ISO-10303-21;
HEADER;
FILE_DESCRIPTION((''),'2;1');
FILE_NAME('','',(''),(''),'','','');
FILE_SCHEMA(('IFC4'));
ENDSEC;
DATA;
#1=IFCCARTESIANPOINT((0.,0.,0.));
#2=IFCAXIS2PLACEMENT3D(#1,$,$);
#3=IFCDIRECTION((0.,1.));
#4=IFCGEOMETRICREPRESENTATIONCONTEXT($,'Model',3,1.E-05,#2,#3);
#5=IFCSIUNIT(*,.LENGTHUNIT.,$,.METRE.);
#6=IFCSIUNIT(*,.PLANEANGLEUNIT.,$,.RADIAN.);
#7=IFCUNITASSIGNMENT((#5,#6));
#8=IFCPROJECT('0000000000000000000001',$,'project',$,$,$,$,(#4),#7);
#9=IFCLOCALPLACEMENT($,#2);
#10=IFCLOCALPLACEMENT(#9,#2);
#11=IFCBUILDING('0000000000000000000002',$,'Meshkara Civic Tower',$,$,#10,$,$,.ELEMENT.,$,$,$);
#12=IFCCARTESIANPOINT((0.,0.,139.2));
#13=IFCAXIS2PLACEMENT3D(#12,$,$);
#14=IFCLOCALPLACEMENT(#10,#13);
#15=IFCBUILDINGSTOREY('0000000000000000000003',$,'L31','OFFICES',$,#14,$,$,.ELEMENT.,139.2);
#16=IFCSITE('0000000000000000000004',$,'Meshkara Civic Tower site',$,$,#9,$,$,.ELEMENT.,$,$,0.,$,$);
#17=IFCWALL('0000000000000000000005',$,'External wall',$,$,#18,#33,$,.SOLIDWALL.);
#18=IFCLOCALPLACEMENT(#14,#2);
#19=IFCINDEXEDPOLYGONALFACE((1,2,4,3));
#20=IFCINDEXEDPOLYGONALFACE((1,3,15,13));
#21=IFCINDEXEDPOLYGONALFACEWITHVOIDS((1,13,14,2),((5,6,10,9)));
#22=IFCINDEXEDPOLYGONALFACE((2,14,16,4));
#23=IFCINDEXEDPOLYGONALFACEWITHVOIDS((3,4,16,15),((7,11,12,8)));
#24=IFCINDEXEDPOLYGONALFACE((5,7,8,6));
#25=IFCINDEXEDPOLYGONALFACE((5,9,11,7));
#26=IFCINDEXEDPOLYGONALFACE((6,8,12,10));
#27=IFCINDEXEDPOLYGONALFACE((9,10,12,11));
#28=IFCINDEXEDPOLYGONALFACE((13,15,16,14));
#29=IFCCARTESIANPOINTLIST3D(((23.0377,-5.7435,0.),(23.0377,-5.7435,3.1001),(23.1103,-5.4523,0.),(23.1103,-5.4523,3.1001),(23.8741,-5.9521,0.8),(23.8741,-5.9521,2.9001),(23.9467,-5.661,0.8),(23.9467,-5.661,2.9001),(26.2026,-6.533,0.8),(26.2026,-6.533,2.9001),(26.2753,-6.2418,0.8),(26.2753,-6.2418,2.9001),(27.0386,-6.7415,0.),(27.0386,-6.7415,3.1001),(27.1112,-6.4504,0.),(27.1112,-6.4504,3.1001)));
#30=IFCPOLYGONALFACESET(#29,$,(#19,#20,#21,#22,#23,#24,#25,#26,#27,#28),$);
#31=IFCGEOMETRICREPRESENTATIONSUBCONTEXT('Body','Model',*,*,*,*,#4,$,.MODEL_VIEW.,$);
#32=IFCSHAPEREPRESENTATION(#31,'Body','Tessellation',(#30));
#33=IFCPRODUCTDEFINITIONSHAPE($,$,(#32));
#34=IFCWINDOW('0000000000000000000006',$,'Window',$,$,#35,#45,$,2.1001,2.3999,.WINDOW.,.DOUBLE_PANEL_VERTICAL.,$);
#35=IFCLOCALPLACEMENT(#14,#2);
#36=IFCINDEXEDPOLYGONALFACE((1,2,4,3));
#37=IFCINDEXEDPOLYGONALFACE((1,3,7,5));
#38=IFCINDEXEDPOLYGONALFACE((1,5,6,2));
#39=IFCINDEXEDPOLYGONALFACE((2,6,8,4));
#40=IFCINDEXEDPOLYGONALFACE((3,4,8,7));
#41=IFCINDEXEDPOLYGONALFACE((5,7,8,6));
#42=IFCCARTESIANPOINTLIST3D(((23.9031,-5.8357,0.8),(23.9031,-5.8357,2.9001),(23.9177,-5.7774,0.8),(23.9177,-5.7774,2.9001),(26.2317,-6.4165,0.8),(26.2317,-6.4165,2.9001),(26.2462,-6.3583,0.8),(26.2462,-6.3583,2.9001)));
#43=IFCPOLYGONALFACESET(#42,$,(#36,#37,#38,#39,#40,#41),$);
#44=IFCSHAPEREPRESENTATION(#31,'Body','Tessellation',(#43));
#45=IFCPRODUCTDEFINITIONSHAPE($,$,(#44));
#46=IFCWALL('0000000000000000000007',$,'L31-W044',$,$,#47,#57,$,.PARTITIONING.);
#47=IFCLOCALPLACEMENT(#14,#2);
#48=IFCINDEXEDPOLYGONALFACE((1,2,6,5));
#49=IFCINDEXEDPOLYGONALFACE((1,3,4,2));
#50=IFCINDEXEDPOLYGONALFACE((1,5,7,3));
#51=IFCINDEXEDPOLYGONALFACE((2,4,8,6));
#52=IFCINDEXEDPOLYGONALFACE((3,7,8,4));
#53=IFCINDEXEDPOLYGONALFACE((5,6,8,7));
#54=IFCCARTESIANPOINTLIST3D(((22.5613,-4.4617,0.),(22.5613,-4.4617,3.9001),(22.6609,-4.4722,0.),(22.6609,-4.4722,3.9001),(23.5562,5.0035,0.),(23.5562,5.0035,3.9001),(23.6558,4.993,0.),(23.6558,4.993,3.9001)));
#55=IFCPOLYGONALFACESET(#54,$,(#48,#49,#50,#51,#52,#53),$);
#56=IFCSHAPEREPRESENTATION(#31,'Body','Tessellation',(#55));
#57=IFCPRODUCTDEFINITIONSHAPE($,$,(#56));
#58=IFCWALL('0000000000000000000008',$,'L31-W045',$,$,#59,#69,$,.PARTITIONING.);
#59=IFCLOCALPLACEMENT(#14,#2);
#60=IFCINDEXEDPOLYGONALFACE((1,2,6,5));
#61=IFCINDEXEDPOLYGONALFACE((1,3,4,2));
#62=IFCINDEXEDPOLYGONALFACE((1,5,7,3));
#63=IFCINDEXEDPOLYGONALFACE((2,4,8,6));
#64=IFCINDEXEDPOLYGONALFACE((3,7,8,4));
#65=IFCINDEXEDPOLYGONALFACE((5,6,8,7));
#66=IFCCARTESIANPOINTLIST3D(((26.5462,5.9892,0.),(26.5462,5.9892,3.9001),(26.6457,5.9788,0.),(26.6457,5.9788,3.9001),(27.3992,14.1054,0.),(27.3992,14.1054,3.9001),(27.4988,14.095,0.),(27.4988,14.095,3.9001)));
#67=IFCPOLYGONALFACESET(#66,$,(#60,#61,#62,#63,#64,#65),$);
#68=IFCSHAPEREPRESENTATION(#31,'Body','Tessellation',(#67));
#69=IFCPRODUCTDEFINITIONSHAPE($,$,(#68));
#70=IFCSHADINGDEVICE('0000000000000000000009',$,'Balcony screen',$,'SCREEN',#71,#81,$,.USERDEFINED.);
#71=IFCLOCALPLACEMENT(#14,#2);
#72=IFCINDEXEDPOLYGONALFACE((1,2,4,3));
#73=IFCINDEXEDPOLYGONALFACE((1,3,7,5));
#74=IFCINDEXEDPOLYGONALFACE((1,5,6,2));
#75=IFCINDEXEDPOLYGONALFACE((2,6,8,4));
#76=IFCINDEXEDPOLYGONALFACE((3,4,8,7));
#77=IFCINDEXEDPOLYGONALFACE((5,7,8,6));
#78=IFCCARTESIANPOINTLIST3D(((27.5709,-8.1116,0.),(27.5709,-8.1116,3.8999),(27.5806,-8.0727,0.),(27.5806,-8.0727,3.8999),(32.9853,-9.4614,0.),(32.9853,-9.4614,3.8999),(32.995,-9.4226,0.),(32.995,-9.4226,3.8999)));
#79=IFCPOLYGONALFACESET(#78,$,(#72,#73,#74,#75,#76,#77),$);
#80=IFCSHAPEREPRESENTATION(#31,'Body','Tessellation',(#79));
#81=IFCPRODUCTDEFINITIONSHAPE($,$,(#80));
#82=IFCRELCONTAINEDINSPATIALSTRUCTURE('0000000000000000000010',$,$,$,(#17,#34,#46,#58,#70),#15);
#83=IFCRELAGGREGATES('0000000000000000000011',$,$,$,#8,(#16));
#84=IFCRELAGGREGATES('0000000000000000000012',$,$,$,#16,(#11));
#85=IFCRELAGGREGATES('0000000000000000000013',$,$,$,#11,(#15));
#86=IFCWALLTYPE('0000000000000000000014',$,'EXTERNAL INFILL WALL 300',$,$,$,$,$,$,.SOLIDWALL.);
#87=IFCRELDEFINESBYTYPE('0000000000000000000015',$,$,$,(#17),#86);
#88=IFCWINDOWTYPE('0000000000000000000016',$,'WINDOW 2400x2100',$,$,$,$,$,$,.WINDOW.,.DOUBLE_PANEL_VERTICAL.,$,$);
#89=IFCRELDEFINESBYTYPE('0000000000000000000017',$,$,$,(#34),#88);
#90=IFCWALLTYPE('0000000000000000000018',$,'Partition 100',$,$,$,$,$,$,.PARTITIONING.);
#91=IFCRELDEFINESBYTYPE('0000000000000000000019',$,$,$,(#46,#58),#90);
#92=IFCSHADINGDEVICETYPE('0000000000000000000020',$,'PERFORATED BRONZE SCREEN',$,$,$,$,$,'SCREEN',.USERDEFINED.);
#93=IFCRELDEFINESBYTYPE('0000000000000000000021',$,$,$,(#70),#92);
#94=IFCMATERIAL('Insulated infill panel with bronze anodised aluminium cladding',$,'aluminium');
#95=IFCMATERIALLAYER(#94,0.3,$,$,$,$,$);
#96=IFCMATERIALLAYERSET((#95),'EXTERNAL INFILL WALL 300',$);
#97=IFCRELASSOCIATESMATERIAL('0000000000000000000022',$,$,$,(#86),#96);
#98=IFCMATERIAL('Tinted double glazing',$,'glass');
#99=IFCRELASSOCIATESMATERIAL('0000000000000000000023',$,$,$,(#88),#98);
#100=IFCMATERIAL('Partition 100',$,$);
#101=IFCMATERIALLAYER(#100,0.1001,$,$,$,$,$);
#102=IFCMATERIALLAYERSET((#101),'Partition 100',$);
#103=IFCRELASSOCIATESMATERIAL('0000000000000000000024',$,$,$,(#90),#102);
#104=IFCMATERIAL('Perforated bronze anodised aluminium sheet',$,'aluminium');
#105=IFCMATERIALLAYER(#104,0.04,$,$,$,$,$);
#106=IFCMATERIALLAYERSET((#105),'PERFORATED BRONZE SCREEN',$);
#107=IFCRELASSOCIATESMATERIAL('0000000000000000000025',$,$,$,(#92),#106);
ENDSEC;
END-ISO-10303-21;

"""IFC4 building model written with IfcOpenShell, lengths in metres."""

from ifc_helpers import new_model, si_unit, direction, frame, frame_2d, origin, origin_2d, place, context, subcontext, project, spatial, rectangle, extrude, material, layer, layer_set, type_object, element, fill, save


model = new_model("IFC4")

# Units and contexts
model_context = context("Model", 3, precision=1e-05, world=origin(), true_north=direction((0.0, 1.0)))
body_context = subcontext(model_context, "Body", "Model", "MODEL_VIEW")
ifc_project = project(units=[si_unit("LENGTHUNIT", "METRE"), si_unit("PLANEANGLEUNIT", "RADIAN")], contexts=[model_context])

# Site, building, storey
site_placement = place(None, origin())
site = spatial("IfcSite", under=ifc_project, at=site_placement, Name="Meshkara Civic Tower site", CompositionType="ELEMENT", RefElevation=0.0)
building_placement = place(site_placement, origin())
building = spatial("IfcBuilding", under=site, at=building_placement, Name="Meshkara Civic Tower", CompositionType="ELEMENT")
storey_placement = place(building_placement, frame((0.0, 0.0, 139.2)))
storey = spatial("IfcBuildingStorey", under=building, at=storey_placement, Name="L31", Description="OFFICES", CompositionType="ELEMENT", Elevation=139.2)

# Wall, opening, window
ifc_material_1 = material(Name="Insulated infill panel with bronze anodised aluminium cladding", Category="aluminium")
ifc_layer_1 = layer(ifc_material_1, 0.3)
ifc_layer_set_1 = layer_set([ifc_layer_1], Name="EXTERNAL INFILL WALL 300")
wall_type_1 = type_object("IfcWallType", Name="EXTERNAL INFILL WALL 300", PredefinedType="SOLIDWALL", material=ifc_layer_set_1)
wall_1_placement = place(storey_placement, frame((23.074, -5.5979, 0.0), z_axis=(0.0, 0.0, 1.0), x_axis=(0.970268, -0.242034, 0.0)))
wall_1 = element("IfcWall", 1, at=wall_1_placement, inside=storey, type_object=wall_type_1, Name="External wall", PredefinedType="SOLIDWALL", context=body_context, shape_type="SweptSolid", body=[
    extrude(rectangle(XDim=4.1235, YDim=0.3, at=frame_2d((2.0618, 0.0))), origin(), (0.0, 0.0, 1.0), 3.1001),
])
opening_1_placement = place(wall_1_placement, frame((0.8621, 0.0, 0.8)))
opening_1 = element("IfcOpeningElement", 2, at=opening_1_placement, cuts=wall_1, PredefinedType="OPENING", context=body_context, shape_type="SweptSolid", body=[
    extrude(rectangle(XDim=2.3999, YDim=2.1001, at=frame_2d((1.2, 1.05))), frame((0.0, 0.1599, 0.0), z_axis=(0.0, -1.0, 0.0), x_axis=(1.0, 0.0, 0.0)), (0.0, 0.0, 1.0), 0.3201),
])
ifc_material_2 = material(Name="Tinted double glazing", Category="glass")
window_type = type_object("IfcWindowType", Name="WINDOW 2400x2100", PartitioningType="DOUBLE_PANEL_VERTICAL", PredefinedType="WINDOW", material=ifc_material_2)
window_placement = place(opening_1_placement, origin())
window = element("IfcWindow", 3, at=window_placement, inside=storey, type_object=window_type, Name="Window", OverallHeight=2.1001, OverallWidth=2.3999, PartitioningType="DOUBLE_PANEL_VERTICAL", PredefinedType="WINDOW", context=body_context, shape_type="SweptSolid", body=[
    extrude(rectangle(XDim=2.3999, YDim=2.1001, at=frame_2d((1.2, 1.05))), frame((0.0, 0.03, 0.0), z_axis=(0.0, -1.0, 0.0), x_axis=(1.0, 0.0, 0.0)), (0.0, 0.0, 1.0), 0.0601),
])
fill(opening_1, window)

# Walls
ifc_material_3 = material(Name="Partition 100")
ifc_layer_2 = layer(ifc_material_3, 0.1001)
ifc_layer_set_2 = layer_set([ifc_layer_2], Name="Partition 100")
wall_type_2 = type_object("IfcWallType", Name="Partition 100", PredefinedType="PARTITIONING", material=ifc_layer_set_2)
wall_2_placement = place(storey_placement, frame((22.6111, -4.467, 0.0), z_axis=(0.0, 0.0, 1.0), x_axis=(0.104534, 0.994521, 0.0)))
element("IfcWall", 4, at=wall_2_placement, inside=storey, type_object=wall_type_2, Name="L31-W044", PredefinedType="PARTITIONING", context=body_context, shape_type="SweptSolid", body=[
    extrude(rectangle(XDim=9.5173, YDim=0.1001, at=frame_2d((4.7588, 0.0))), origin(), (0.0, 0.0, 1.0), 3.9001),
])
wall_3_placement = place(storey_placement, frame((26.5959, 5.9839, 0.0), z_axis=(0.0, 0.0, 1.0), x_axis=(0.104526, 0.994522, 0.0)))
element("IfcWall", 5, at=wall_3_placement, inside=storey, type_object=wall_type_2, Name="L31-W045", PredefinedType="PARTITIONING", context=body_context, shape_type="SweptSolid", body=[
    extrude(rectangle(XDim=8.1609, YDim=0.1001, at=frame_2d((4.0806, 0.0))), origin(), (0.0, 0.0, 1.0), 3.9001),
])

# Shading device
ifc_material_4 = material(Name="Perforated bronze anodised aluminium sheet", Category="aluminium")
ifc_layer_3 = layer(ifc_material_4, 0.04)
ifc_layer_set_3 = layer_set([ifc_layer_3], Name="PERFORATED BRONZE SCREEN")
shading_device_type = type_object("IfcShadingDeviceType", Name="PERFORATED BRONZE SCREEN", ElementType="SCREEN", PredefinedType="USERDEFINED", material=ifc_layer_set_3)
shading_device_placement = place(storey_placement, frame((30.283, -8.7671, 0.0), z_axis=(0.0, 0.0, 1.0), x_axis=(0.9703, -0.241905, 0.0)))
element("IfcShadingDevice", 6, at=shading_device_placement, inside=storey, type_object=shading_device_type, Name="Balcony screen", ObjectType="SCREEN", PredefinedType="USERDEFINED", context=body_context, shape_type="SweptSolid", body=[
    extrude(rectangle(XDim=5.5801, YDim=0.04, at=origin_2d()), origin(), (0.0, 0.0, 1.0), 3.8999),
])

save(model, "model.ifc")
